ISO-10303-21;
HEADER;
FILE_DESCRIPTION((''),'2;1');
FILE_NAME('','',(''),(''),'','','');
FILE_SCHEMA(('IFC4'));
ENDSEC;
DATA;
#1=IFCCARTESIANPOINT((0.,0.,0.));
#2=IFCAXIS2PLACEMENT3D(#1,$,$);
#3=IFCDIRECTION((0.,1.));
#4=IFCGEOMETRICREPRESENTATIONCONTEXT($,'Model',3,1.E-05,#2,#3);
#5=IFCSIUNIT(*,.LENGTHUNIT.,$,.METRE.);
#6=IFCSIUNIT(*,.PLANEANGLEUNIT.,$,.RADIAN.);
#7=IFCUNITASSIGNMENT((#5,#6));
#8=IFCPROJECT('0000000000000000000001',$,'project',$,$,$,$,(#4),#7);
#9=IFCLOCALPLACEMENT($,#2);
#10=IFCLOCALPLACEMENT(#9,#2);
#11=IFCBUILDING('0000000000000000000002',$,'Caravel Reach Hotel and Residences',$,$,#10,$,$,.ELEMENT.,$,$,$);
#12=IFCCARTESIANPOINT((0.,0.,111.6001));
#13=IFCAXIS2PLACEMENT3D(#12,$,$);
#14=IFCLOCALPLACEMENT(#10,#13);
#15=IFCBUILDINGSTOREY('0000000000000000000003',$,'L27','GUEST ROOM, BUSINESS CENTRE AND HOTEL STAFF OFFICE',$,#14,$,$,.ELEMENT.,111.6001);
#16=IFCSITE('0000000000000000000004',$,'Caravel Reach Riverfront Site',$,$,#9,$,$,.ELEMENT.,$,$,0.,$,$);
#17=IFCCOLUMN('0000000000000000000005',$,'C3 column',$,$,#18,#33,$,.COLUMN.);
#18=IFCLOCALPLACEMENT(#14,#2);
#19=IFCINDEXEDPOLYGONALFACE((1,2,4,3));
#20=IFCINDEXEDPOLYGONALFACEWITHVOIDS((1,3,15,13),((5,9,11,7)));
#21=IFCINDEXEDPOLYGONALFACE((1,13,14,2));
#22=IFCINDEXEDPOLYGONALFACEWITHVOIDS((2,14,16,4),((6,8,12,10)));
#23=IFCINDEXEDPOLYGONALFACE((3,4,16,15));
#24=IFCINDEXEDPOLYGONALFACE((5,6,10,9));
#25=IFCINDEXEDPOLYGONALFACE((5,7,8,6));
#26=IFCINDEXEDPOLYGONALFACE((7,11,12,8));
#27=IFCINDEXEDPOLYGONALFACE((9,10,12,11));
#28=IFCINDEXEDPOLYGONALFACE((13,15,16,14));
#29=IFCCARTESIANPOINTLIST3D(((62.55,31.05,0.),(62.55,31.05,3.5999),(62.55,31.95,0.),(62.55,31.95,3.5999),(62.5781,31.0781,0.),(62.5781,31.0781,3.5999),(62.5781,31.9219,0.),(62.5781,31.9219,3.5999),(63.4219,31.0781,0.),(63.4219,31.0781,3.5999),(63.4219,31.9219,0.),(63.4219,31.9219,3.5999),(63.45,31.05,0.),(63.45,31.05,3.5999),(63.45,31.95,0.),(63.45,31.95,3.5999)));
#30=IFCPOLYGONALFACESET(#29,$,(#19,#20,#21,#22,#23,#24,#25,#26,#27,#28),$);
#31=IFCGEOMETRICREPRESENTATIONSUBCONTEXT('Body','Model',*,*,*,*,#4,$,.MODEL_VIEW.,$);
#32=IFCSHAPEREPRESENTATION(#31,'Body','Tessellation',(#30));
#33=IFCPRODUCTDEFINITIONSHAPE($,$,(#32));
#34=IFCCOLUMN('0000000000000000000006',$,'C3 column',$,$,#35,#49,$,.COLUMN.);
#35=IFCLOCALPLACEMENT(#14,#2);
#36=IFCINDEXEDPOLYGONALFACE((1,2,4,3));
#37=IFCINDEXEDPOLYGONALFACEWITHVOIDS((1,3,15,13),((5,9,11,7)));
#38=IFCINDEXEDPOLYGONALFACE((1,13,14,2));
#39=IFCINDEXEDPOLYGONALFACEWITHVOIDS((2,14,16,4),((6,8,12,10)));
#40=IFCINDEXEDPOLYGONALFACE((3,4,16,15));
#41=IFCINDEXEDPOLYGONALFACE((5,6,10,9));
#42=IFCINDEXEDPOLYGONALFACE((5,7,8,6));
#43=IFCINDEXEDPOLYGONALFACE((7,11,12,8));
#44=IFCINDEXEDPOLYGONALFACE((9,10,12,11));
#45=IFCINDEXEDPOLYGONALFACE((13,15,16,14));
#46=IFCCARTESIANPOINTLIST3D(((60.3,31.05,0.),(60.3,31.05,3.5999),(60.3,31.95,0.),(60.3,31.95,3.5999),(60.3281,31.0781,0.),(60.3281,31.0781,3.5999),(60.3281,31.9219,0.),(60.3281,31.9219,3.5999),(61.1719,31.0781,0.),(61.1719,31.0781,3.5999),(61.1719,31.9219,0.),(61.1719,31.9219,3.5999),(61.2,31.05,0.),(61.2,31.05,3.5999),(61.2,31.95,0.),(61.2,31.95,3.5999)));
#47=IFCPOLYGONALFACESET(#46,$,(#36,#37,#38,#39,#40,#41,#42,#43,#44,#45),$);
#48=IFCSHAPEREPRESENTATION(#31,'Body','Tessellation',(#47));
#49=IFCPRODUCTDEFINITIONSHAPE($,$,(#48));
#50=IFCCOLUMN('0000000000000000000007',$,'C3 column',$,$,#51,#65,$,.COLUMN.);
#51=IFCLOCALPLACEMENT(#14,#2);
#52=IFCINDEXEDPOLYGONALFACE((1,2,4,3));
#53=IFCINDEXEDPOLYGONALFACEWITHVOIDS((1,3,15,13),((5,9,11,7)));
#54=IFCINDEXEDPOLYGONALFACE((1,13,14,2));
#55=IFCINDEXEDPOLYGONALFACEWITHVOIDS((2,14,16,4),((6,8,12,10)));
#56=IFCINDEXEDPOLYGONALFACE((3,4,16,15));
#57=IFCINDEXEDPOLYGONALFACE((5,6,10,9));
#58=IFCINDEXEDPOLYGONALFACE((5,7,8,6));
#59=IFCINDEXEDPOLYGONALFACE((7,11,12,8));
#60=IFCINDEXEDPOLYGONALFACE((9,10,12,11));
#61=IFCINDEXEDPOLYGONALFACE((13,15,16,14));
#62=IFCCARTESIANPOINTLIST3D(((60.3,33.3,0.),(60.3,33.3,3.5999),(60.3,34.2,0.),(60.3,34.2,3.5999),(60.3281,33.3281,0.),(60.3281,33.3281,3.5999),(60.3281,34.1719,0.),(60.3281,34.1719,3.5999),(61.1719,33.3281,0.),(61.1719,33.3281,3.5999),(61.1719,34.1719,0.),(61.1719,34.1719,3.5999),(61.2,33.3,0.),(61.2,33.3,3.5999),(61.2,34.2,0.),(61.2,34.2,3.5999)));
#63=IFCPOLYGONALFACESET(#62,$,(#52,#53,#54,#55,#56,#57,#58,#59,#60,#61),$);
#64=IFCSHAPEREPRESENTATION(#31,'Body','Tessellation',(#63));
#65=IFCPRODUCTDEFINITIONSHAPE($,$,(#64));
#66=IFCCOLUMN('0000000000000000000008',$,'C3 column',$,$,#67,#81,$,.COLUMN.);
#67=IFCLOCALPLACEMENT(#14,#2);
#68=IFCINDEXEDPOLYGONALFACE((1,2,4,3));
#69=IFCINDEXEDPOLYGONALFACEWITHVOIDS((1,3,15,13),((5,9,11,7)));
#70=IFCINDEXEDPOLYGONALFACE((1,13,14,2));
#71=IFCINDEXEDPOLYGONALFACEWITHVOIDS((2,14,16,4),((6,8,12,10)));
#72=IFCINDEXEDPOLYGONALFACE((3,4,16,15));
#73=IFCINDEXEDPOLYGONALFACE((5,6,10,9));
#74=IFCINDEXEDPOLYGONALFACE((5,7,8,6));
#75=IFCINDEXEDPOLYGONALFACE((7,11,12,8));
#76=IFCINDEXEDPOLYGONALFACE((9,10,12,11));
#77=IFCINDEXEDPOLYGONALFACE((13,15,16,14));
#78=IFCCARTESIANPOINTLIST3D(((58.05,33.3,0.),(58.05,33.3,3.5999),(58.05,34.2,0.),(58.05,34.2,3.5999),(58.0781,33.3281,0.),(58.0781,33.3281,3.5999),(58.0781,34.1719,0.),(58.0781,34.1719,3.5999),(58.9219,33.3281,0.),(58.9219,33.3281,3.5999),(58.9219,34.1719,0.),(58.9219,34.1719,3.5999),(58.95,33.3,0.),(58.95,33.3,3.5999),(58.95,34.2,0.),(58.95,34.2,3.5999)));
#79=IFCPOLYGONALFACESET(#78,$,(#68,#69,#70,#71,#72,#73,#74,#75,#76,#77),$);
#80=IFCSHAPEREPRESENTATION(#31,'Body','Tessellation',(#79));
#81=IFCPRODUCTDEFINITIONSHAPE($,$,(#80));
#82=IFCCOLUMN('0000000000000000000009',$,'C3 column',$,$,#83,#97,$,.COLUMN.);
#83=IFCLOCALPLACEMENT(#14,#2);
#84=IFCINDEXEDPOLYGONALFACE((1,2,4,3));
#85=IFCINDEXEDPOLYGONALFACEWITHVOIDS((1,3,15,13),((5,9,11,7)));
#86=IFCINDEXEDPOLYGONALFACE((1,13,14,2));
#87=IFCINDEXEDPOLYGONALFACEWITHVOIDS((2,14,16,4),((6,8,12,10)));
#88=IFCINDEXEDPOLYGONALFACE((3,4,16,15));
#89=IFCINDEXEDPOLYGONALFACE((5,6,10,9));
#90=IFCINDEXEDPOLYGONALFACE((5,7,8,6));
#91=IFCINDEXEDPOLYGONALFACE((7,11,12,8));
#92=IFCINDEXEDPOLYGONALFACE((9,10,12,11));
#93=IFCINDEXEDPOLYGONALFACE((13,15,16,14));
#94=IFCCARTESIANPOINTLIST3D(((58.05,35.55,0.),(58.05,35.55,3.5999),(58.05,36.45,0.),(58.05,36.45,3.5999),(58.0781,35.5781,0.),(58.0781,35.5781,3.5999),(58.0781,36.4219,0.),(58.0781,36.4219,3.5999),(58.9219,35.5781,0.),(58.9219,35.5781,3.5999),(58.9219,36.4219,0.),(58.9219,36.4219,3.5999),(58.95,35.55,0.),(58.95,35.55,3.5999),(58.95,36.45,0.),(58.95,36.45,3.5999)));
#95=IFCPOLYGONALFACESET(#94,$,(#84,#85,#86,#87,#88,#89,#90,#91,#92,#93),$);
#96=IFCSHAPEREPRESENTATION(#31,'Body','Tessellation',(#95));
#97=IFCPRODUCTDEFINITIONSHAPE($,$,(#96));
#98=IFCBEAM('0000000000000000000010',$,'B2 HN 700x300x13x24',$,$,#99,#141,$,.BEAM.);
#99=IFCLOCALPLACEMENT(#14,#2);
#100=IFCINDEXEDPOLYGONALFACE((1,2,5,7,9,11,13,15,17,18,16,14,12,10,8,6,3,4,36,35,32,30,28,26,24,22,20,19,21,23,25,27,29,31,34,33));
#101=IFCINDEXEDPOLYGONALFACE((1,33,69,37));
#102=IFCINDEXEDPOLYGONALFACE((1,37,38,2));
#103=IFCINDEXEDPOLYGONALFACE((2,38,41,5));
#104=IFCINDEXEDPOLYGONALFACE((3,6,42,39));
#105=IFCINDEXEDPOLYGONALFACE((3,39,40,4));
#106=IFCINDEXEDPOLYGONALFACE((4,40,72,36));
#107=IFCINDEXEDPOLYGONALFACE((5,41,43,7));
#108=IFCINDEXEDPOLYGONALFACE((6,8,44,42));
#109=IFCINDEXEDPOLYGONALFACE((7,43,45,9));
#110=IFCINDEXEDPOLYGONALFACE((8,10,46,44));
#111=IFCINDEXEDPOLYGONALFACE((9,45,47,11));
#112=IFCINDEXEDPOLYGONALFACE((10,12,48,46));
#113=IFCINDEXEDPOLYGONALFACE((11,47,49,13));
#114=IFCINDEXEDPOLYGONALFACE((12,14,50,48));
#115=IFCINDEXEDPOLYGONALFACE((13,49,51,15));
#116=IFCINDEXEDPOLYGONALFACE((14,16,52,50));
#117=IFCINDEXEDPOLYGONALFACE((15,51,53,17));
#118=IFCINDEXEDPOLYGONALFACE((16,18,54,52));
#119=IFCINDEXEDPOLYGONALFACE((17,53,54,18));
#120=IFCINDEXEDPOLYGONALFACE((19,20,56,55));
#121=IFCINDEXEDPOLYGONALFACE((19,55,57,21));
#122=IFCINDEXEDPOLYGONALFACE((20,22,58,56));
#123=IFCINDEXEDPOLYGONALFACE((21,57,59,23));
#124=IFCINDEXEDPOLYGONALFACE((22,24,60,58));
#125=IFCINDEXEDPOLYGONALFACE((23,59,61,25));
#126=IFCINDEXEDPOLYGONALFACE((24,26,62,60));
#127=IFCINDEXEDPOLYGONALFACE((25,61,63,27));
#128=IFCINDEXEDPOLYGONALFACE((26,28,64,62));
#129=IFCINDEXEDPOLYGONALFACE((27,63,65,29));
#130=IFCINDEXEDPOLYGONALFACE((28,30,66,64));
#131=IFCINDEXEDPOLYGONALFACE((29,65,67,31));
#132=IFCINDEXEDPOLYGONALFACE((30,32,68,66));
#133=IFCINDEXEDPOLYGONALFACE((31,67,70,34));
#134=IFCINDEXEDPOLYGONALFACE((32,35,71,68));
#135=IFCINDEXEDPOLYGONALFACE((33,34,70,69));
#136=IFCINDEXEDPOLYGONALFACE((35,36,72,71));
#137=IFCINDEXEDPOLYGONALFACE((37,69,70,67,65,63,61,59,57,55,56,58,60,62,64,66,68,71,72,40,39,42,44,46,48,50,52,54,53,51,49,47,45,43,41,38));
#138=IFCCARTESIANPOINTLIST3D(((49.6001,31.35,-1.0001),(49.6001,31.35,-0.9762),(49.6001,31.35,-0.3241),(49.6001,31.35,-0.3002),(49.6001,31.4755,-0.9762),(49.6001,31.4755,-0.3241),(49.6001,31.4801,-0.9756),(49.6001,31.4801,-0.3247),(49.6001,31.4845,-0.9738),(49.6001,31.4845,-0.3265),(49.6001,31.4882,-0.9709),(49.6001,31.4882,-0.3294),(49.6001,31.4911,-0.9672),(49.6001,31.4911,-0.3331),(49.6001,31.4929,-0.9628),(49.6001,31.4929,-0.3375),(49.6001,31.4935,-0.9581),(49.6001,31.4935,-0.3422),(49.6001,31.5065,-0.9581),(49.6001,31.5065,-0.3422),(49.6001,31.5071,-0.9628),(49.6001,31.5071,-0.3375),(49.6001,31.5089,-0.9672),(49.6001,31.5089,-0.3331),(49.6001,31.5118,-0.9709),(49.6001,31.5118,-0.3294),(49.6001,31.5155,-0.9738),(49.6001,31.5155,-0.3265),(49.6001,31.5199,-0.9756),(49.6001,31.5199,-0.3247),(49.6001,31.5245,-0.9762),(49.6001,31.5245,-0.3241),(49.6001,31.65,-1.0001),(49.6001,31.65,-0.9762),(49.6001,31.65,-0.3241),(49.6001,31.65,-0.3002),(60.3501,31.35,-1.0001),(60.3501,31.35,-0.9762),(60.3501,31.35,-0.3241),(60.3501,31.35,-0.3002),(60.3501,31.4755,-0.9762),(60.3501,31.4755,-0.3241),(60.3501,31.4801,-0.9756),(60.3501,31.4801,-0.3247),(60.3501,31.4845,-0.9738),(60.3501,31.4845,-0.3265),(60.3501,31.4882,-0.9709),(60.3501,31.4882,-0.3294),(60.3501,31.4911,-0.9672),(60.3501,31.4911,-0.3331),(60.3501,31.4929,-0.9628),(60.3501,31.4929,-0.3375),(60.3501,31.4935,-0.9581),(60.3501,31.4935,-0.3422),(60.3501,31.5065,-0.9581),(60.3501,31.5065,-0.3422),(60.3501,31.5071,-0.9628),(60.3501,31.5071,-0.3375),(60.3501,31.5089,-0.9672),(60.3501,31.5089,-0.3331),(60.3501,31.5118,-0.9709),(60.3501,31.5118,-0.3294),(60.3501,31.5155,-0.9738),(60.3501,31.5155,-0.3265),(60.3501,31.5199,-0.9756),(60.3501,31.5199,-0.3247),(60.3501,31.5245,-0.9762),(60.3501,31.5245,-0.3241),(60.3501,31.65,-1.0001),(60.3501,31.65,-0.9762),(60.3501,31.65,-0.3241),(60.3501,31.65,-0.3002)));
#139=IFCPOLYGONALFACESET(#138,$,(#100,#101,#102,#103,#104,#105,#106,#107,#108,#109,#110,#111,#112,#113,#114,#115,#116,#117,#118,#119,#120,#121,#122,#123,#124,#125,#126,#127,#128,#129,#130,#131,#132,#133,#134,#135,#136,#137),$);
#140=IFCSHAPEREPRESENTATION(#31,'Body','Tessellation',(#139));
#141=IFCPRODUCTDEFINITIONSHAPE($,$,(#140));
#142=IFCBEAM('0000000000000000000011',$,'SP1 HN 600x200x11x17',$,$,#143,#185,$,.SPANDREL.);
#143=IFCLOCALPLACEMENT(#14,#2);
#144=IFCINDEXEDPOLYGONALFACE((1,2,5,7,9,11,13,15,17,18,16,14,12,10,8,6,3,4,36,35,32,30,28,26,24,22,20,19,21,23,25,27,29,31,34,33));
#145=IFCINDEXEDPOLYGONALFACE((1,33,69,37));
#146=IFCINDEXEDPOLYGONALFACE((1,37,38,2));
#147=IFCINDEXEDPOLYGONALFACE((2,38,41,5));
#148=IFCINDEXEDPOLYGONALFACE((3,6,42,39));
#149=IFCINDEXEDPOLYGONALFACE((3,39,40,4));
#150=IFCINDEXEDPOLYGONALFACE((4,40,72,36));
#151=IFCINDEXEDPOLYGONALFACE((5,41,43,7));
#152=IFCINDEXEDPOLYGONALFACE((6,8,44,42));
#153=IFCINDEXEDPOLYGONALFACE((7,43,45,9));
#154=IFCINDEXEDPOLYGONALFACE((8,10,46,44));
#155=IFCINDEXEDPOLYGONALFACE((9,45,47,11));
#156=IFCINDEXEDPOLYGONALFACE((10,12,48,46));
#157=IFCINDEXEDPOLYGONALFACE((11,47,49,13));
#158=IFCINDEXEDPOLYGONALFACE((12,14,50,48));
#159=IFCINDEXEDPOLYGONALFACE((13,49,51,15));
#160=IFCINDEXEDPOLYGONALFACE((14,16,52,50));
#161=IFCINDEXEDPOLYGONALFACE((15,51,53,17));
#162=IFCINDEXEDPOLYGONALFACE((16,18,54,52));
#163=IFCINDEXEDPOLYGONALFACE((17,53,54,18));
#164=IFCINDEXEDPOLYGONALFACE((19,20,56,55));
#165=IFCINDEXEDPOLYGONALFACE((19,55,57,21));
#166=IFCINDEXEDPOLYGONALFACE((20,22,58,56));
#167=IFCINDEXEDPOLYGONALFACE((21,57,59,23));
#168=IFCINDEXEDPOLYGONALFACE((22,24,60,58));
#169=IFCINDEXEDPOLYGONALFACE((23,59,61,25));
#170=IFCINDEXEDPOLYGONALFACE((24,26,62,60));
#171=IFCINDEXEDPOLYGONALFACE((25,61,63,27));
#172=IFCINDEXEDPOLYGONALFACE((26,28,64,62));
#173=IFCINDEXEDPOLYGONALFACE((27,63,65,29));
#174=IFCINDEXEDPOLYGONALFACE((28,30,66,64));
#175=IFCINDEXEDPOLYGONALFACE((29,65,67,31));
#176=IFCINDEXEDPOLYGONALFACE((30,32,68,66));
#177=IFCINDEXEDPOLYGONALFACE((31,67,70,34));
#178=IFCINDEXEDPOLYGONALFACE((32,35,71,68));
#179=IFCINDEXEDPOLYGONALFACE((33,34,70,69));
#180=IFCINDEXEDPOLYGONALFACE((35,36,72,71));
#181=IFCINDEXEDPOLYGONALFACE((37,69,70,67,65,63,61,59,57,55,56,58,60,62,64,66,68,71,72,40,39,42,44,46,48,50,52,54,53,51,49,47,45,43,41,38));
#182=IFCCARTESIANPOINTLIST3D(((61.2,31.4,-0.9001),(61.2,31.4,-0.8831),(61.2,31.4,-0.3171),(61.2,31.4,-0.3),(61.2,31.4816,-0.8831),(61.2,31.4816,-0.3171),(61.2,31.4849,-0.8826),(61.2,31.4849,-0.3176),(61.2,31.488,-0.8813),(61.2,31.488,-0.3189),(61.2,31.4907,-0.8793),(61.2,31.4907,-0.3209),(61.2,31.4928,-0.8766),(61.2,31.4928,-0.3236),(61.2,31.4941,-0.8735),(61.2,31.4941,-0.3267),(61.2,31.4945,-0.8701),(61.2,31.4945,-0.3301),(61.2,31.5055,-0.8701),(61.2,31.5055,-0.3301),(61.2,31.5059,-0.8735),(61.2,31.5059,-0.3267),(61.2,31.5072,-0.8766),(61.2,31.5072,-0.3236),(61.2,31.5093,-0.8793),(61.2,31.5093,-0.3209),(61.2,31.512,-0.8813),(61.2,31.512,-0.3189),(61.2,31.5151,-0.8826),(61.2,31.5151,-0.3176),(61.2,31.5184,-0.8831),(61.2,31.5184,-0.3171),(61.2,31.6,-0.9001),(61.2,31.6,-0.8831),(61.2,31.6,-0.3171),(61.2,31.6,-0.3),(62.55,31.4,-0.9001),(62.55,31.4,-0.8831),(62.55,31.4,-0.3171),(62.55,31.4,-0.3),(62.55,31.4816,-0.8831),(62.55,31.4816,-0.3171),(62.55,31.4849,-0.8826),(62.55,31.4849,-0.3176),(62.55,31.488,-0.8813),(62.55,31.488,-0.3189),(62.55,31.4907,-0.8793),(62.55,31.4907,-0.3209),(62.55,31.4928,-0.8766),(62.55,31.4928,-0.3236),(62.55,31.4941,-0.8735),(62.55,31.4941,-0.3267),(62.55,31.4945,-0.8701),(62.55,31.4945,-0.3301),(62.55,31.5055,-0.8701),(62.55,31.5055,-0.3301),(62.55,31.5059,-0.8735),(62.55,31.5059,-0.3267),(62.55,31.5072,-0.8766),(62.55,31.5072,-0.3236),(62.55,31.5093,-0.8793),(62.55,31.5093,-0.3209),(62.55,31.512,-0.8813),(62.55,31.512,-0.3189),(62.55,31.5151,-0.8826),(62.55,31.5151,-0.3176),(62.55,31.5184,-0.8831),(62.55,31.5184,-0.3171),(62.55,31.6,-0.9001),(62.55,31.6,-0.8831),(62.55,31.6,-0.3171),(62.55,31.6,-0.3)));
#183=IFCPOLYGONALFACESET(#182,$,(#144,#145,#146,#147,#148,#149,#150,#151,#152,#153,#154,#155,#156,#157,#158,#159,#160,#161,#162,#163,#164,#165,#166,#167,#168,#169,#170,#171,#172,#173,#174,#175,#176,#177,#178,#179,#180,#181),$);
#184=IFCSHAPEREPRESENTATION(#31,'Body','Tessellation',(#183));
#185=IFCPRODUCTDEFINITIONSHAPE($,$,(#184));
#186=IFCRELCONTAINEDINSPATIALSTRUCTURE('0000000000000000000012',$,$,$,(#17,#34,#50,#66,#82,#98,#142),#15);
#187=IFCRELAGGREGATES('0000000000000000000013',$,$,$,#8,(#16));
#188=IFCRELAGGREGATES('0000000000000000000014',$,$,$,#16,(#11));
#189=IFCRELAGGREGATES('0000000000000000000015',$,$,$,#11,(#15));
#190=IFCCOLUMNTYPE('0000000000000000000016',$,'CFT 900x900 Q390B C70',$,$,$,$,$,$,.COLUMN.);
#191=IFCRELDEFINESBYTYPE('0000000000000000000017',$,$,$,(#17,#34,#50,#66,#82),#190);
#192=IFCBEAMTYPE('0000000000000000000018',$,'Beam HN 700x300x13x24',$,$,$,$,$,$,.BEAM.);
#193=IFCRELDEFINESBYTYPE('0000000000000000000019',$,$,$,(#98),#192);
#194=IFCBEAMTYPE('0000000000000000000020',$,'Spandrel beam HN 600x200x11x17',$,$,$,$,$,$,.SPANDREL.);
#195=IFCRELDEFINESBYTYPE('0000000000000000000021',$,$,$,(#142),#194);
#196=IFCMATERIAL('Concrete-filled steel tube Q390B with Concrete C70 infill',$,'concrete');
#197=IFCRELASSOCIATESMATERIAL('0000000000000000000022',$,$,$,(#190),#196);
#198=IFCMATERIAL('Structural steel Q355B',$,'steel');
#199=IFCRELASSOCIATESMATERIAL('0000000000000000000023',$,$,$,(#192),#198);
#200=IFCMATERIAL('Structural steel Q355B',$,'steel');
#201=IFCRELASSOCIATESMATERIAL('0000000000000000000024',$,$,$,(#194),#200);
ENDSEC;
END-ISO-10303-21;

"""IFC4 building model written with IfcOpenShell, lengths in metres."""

from ifc_helpers import new_model, si_unit, direction, frame, origin, origin_2d, place, context, subcontext, project, spatial, hollow_rectangle, i_section, extrude, material, material_profile, profile_set, type_object, element, save


model = new_model("IFC4")

# Units and contexts
model_context = context("Model", 3, precision=1e-05, world=origin(), true_north=direction((0.0, 1.0)))
body_context = subcontext(model_context, "Body", "Model", "MODEL_VIEW")
ifc_project = project(units=[si_unit("LENGTHUNIT", "METRE"), si_unit("PLANEANGLEUNIT", "RADIAN")], contexts=[model_context])

# Site, building, storey
site_placement = place(None, origin())
site = spatial("IfcSite", under=ifc_project, at=site_placement, Name="Caravel Reach Riverfront Site", CompositionType="ELEMENT", RefElevation=0.0)
building_placement = place(site_placement, origin())
building = spatial("IfcBuilding", under=site, at=building_placement, Name="Caravel Reach Hotel and Residences", CompositionType="ELEMENT")
storey_placement = place(building_placement, frame((0.0, 0.0, 111.6001)))
storey = spatial("IfcBuildingStorey", under=building, at=storey_placement, Name="L27", Description="GUEST ROOM, BUSINESS CENTRE AND HOTEL STAFF OFFICE", CompositionType="ELEMENT", Elevation=111.6001)

# Columns
ifc_material_1 = material(Name="Concrete-filled steel tube Q390B with Concrete C70 infill", Category="concrete")
ifc_material_profile_1 = material_profile(ifc_material_1, hollow_rectangle(XDim=0.8999, YDim=0.8999, WallThickness=0.0281, at=origin_2d()), Name="RHS 900x900x28")
ifc_profile_set_1 = profile_set([ifc_material_profile_1], Name="Concrete-filled steel tube Q390B with Concrete C70 infill")
column_type = type_object("IfcColumnType", Name="CFT 900x900 Q390B C70", PredefinedType="COLUMN", material=ifc_profile_set_1)
for number, where, z_axis, x_axis, name in (
    (1, (63.0, 31.5, 0.0), (0.0, 0.0, 1.0), (1.0, 0.0, 0.0), "C3 column"),
    (2, (60.75, 31.5, 0.0), (0.0, 0.0, 1.0), (1.0, 0.0, 0.0), "C3 column"),
    (3, (60.75, 33.75, 0.0), (0.0, 0.0, 1.0), (1.0, 0.0, 0.0), "C3 column"),
    (4, (58.5, 33.75, 0.0), (0.0, 0.0, 1.0), (1.0, 0.0, 0.0), "C3 column"),
    (5, (58.5, 36.0, 0.0), (0.0, 0.0, 1.0), (1.0, 0.0, 0.0), "C3 column"),
):
    element("IfcColumn", number, at=place(storey_placement, frame(where, z_axis=z_axis, x_axis=x_axis)), inside=storey, type_object=column_type, Name=name, PredefinedType="COLUMN", context=body_context, shape_type="SweptSolid", body=[
        extrude(hollow_rectangle(XDim=0.8999, YDim=0.8999, WallThickness=0.0281, at=origin_2d()), origin(), (0.0, 0.0, 1.0), 3.5999),
    ])

# Beams
ifc_material_2 = material(Name="Structural steel Q355B", Category="steel")
ifc_material_profile_2 = material_profile(ifc_material_2, i_section(OverallWidth=0.3, OverallDepth=0.7, WebThickness=0.0129, FlangeThickness=0.0239, FilletRadius=0.0181, at=origin_2d()), Name="HN 700x300x13x24")
ifc_profile_set_2 = profile_set([ifc_material_profile_2], Name="Structural steel Q355B")
beam_type_1 = type_object("IfcBeamType", Name="Beam HN 700x300x13x24", PredefinedType="BEAM", material=ifc_profile_set_2)
beam_1_placement = place(storey_placement, frame((49.6001, 31.5, -0.6501), z_axis=(1.0, 0.0, 0.0), x_axis=(0.0, 1.0, 0.0)))
element("IfcBeam", 6, at=beam_1_placement, inside=storey, type_object=beam_type_1, Name="B2 HN 700x300x13x24", PredefinedType="BEAM", context=body_context, shape_type="SweptSolid", body=[
    extrude(i_section(OverallWidth=0.3, OverallDepth=0.7, WebThickness=0.0129, FlangeThickness=0.0239, FilletRadius=0.0181, at=origin_2d()), origin(), (0.0, 0.0, 1.0), 10.75),
])
ifc_material_3 = material(Name="Structural steel Q355B", Category="steel")
ifc_material_profile_3 = material_profile(ifc_material_3, i_section(OverallWidth=0.2, OverallDepth=0.6001, WebThickness=0.011, FlangeThickness=0.0171, FilletRadius=0.0129, at=origin_2d()), Name="HN 600x200x11x17")
ifc_profile_set_3 = profile_set([ifc_material_profile_3], Name="Structural steel Q355B")
beam_type_2 = type_object("IfcBeamType", Name="Spandrel beam HN 600x200x11x17", PredefinedType="SPANDREL", material=ifc_profile_set_3)
for number, where, z_axis, x_axis, name in (
    (7, (62.55, 31.5, -0.6001), (-1.0, 0.0, 0.0), (0.0, -1.0, 0.0), "SP1 HN 600x200x11x17"),
):
    element("IfcBeam", number, at=place(storey_placement, frame(where, z_axis=z_axis, x_axis=x_axis)), inside=storey, type_object=beam_type_2, Name=name, PredefinedType="SPANDREL", context=body_context, shape_type="SweptSolid", body=[
        extrude(i_section(OverallWidth=0.2, OverallDepth=0.6001, WebThickness=0.011, FlangeThickness=0.0171, FilletRadius=0.0129, at=origin_2d()), origin(), (0.0, 0.0, 1.0), 1.3501),
    ])

save(model, "model.ifc")
